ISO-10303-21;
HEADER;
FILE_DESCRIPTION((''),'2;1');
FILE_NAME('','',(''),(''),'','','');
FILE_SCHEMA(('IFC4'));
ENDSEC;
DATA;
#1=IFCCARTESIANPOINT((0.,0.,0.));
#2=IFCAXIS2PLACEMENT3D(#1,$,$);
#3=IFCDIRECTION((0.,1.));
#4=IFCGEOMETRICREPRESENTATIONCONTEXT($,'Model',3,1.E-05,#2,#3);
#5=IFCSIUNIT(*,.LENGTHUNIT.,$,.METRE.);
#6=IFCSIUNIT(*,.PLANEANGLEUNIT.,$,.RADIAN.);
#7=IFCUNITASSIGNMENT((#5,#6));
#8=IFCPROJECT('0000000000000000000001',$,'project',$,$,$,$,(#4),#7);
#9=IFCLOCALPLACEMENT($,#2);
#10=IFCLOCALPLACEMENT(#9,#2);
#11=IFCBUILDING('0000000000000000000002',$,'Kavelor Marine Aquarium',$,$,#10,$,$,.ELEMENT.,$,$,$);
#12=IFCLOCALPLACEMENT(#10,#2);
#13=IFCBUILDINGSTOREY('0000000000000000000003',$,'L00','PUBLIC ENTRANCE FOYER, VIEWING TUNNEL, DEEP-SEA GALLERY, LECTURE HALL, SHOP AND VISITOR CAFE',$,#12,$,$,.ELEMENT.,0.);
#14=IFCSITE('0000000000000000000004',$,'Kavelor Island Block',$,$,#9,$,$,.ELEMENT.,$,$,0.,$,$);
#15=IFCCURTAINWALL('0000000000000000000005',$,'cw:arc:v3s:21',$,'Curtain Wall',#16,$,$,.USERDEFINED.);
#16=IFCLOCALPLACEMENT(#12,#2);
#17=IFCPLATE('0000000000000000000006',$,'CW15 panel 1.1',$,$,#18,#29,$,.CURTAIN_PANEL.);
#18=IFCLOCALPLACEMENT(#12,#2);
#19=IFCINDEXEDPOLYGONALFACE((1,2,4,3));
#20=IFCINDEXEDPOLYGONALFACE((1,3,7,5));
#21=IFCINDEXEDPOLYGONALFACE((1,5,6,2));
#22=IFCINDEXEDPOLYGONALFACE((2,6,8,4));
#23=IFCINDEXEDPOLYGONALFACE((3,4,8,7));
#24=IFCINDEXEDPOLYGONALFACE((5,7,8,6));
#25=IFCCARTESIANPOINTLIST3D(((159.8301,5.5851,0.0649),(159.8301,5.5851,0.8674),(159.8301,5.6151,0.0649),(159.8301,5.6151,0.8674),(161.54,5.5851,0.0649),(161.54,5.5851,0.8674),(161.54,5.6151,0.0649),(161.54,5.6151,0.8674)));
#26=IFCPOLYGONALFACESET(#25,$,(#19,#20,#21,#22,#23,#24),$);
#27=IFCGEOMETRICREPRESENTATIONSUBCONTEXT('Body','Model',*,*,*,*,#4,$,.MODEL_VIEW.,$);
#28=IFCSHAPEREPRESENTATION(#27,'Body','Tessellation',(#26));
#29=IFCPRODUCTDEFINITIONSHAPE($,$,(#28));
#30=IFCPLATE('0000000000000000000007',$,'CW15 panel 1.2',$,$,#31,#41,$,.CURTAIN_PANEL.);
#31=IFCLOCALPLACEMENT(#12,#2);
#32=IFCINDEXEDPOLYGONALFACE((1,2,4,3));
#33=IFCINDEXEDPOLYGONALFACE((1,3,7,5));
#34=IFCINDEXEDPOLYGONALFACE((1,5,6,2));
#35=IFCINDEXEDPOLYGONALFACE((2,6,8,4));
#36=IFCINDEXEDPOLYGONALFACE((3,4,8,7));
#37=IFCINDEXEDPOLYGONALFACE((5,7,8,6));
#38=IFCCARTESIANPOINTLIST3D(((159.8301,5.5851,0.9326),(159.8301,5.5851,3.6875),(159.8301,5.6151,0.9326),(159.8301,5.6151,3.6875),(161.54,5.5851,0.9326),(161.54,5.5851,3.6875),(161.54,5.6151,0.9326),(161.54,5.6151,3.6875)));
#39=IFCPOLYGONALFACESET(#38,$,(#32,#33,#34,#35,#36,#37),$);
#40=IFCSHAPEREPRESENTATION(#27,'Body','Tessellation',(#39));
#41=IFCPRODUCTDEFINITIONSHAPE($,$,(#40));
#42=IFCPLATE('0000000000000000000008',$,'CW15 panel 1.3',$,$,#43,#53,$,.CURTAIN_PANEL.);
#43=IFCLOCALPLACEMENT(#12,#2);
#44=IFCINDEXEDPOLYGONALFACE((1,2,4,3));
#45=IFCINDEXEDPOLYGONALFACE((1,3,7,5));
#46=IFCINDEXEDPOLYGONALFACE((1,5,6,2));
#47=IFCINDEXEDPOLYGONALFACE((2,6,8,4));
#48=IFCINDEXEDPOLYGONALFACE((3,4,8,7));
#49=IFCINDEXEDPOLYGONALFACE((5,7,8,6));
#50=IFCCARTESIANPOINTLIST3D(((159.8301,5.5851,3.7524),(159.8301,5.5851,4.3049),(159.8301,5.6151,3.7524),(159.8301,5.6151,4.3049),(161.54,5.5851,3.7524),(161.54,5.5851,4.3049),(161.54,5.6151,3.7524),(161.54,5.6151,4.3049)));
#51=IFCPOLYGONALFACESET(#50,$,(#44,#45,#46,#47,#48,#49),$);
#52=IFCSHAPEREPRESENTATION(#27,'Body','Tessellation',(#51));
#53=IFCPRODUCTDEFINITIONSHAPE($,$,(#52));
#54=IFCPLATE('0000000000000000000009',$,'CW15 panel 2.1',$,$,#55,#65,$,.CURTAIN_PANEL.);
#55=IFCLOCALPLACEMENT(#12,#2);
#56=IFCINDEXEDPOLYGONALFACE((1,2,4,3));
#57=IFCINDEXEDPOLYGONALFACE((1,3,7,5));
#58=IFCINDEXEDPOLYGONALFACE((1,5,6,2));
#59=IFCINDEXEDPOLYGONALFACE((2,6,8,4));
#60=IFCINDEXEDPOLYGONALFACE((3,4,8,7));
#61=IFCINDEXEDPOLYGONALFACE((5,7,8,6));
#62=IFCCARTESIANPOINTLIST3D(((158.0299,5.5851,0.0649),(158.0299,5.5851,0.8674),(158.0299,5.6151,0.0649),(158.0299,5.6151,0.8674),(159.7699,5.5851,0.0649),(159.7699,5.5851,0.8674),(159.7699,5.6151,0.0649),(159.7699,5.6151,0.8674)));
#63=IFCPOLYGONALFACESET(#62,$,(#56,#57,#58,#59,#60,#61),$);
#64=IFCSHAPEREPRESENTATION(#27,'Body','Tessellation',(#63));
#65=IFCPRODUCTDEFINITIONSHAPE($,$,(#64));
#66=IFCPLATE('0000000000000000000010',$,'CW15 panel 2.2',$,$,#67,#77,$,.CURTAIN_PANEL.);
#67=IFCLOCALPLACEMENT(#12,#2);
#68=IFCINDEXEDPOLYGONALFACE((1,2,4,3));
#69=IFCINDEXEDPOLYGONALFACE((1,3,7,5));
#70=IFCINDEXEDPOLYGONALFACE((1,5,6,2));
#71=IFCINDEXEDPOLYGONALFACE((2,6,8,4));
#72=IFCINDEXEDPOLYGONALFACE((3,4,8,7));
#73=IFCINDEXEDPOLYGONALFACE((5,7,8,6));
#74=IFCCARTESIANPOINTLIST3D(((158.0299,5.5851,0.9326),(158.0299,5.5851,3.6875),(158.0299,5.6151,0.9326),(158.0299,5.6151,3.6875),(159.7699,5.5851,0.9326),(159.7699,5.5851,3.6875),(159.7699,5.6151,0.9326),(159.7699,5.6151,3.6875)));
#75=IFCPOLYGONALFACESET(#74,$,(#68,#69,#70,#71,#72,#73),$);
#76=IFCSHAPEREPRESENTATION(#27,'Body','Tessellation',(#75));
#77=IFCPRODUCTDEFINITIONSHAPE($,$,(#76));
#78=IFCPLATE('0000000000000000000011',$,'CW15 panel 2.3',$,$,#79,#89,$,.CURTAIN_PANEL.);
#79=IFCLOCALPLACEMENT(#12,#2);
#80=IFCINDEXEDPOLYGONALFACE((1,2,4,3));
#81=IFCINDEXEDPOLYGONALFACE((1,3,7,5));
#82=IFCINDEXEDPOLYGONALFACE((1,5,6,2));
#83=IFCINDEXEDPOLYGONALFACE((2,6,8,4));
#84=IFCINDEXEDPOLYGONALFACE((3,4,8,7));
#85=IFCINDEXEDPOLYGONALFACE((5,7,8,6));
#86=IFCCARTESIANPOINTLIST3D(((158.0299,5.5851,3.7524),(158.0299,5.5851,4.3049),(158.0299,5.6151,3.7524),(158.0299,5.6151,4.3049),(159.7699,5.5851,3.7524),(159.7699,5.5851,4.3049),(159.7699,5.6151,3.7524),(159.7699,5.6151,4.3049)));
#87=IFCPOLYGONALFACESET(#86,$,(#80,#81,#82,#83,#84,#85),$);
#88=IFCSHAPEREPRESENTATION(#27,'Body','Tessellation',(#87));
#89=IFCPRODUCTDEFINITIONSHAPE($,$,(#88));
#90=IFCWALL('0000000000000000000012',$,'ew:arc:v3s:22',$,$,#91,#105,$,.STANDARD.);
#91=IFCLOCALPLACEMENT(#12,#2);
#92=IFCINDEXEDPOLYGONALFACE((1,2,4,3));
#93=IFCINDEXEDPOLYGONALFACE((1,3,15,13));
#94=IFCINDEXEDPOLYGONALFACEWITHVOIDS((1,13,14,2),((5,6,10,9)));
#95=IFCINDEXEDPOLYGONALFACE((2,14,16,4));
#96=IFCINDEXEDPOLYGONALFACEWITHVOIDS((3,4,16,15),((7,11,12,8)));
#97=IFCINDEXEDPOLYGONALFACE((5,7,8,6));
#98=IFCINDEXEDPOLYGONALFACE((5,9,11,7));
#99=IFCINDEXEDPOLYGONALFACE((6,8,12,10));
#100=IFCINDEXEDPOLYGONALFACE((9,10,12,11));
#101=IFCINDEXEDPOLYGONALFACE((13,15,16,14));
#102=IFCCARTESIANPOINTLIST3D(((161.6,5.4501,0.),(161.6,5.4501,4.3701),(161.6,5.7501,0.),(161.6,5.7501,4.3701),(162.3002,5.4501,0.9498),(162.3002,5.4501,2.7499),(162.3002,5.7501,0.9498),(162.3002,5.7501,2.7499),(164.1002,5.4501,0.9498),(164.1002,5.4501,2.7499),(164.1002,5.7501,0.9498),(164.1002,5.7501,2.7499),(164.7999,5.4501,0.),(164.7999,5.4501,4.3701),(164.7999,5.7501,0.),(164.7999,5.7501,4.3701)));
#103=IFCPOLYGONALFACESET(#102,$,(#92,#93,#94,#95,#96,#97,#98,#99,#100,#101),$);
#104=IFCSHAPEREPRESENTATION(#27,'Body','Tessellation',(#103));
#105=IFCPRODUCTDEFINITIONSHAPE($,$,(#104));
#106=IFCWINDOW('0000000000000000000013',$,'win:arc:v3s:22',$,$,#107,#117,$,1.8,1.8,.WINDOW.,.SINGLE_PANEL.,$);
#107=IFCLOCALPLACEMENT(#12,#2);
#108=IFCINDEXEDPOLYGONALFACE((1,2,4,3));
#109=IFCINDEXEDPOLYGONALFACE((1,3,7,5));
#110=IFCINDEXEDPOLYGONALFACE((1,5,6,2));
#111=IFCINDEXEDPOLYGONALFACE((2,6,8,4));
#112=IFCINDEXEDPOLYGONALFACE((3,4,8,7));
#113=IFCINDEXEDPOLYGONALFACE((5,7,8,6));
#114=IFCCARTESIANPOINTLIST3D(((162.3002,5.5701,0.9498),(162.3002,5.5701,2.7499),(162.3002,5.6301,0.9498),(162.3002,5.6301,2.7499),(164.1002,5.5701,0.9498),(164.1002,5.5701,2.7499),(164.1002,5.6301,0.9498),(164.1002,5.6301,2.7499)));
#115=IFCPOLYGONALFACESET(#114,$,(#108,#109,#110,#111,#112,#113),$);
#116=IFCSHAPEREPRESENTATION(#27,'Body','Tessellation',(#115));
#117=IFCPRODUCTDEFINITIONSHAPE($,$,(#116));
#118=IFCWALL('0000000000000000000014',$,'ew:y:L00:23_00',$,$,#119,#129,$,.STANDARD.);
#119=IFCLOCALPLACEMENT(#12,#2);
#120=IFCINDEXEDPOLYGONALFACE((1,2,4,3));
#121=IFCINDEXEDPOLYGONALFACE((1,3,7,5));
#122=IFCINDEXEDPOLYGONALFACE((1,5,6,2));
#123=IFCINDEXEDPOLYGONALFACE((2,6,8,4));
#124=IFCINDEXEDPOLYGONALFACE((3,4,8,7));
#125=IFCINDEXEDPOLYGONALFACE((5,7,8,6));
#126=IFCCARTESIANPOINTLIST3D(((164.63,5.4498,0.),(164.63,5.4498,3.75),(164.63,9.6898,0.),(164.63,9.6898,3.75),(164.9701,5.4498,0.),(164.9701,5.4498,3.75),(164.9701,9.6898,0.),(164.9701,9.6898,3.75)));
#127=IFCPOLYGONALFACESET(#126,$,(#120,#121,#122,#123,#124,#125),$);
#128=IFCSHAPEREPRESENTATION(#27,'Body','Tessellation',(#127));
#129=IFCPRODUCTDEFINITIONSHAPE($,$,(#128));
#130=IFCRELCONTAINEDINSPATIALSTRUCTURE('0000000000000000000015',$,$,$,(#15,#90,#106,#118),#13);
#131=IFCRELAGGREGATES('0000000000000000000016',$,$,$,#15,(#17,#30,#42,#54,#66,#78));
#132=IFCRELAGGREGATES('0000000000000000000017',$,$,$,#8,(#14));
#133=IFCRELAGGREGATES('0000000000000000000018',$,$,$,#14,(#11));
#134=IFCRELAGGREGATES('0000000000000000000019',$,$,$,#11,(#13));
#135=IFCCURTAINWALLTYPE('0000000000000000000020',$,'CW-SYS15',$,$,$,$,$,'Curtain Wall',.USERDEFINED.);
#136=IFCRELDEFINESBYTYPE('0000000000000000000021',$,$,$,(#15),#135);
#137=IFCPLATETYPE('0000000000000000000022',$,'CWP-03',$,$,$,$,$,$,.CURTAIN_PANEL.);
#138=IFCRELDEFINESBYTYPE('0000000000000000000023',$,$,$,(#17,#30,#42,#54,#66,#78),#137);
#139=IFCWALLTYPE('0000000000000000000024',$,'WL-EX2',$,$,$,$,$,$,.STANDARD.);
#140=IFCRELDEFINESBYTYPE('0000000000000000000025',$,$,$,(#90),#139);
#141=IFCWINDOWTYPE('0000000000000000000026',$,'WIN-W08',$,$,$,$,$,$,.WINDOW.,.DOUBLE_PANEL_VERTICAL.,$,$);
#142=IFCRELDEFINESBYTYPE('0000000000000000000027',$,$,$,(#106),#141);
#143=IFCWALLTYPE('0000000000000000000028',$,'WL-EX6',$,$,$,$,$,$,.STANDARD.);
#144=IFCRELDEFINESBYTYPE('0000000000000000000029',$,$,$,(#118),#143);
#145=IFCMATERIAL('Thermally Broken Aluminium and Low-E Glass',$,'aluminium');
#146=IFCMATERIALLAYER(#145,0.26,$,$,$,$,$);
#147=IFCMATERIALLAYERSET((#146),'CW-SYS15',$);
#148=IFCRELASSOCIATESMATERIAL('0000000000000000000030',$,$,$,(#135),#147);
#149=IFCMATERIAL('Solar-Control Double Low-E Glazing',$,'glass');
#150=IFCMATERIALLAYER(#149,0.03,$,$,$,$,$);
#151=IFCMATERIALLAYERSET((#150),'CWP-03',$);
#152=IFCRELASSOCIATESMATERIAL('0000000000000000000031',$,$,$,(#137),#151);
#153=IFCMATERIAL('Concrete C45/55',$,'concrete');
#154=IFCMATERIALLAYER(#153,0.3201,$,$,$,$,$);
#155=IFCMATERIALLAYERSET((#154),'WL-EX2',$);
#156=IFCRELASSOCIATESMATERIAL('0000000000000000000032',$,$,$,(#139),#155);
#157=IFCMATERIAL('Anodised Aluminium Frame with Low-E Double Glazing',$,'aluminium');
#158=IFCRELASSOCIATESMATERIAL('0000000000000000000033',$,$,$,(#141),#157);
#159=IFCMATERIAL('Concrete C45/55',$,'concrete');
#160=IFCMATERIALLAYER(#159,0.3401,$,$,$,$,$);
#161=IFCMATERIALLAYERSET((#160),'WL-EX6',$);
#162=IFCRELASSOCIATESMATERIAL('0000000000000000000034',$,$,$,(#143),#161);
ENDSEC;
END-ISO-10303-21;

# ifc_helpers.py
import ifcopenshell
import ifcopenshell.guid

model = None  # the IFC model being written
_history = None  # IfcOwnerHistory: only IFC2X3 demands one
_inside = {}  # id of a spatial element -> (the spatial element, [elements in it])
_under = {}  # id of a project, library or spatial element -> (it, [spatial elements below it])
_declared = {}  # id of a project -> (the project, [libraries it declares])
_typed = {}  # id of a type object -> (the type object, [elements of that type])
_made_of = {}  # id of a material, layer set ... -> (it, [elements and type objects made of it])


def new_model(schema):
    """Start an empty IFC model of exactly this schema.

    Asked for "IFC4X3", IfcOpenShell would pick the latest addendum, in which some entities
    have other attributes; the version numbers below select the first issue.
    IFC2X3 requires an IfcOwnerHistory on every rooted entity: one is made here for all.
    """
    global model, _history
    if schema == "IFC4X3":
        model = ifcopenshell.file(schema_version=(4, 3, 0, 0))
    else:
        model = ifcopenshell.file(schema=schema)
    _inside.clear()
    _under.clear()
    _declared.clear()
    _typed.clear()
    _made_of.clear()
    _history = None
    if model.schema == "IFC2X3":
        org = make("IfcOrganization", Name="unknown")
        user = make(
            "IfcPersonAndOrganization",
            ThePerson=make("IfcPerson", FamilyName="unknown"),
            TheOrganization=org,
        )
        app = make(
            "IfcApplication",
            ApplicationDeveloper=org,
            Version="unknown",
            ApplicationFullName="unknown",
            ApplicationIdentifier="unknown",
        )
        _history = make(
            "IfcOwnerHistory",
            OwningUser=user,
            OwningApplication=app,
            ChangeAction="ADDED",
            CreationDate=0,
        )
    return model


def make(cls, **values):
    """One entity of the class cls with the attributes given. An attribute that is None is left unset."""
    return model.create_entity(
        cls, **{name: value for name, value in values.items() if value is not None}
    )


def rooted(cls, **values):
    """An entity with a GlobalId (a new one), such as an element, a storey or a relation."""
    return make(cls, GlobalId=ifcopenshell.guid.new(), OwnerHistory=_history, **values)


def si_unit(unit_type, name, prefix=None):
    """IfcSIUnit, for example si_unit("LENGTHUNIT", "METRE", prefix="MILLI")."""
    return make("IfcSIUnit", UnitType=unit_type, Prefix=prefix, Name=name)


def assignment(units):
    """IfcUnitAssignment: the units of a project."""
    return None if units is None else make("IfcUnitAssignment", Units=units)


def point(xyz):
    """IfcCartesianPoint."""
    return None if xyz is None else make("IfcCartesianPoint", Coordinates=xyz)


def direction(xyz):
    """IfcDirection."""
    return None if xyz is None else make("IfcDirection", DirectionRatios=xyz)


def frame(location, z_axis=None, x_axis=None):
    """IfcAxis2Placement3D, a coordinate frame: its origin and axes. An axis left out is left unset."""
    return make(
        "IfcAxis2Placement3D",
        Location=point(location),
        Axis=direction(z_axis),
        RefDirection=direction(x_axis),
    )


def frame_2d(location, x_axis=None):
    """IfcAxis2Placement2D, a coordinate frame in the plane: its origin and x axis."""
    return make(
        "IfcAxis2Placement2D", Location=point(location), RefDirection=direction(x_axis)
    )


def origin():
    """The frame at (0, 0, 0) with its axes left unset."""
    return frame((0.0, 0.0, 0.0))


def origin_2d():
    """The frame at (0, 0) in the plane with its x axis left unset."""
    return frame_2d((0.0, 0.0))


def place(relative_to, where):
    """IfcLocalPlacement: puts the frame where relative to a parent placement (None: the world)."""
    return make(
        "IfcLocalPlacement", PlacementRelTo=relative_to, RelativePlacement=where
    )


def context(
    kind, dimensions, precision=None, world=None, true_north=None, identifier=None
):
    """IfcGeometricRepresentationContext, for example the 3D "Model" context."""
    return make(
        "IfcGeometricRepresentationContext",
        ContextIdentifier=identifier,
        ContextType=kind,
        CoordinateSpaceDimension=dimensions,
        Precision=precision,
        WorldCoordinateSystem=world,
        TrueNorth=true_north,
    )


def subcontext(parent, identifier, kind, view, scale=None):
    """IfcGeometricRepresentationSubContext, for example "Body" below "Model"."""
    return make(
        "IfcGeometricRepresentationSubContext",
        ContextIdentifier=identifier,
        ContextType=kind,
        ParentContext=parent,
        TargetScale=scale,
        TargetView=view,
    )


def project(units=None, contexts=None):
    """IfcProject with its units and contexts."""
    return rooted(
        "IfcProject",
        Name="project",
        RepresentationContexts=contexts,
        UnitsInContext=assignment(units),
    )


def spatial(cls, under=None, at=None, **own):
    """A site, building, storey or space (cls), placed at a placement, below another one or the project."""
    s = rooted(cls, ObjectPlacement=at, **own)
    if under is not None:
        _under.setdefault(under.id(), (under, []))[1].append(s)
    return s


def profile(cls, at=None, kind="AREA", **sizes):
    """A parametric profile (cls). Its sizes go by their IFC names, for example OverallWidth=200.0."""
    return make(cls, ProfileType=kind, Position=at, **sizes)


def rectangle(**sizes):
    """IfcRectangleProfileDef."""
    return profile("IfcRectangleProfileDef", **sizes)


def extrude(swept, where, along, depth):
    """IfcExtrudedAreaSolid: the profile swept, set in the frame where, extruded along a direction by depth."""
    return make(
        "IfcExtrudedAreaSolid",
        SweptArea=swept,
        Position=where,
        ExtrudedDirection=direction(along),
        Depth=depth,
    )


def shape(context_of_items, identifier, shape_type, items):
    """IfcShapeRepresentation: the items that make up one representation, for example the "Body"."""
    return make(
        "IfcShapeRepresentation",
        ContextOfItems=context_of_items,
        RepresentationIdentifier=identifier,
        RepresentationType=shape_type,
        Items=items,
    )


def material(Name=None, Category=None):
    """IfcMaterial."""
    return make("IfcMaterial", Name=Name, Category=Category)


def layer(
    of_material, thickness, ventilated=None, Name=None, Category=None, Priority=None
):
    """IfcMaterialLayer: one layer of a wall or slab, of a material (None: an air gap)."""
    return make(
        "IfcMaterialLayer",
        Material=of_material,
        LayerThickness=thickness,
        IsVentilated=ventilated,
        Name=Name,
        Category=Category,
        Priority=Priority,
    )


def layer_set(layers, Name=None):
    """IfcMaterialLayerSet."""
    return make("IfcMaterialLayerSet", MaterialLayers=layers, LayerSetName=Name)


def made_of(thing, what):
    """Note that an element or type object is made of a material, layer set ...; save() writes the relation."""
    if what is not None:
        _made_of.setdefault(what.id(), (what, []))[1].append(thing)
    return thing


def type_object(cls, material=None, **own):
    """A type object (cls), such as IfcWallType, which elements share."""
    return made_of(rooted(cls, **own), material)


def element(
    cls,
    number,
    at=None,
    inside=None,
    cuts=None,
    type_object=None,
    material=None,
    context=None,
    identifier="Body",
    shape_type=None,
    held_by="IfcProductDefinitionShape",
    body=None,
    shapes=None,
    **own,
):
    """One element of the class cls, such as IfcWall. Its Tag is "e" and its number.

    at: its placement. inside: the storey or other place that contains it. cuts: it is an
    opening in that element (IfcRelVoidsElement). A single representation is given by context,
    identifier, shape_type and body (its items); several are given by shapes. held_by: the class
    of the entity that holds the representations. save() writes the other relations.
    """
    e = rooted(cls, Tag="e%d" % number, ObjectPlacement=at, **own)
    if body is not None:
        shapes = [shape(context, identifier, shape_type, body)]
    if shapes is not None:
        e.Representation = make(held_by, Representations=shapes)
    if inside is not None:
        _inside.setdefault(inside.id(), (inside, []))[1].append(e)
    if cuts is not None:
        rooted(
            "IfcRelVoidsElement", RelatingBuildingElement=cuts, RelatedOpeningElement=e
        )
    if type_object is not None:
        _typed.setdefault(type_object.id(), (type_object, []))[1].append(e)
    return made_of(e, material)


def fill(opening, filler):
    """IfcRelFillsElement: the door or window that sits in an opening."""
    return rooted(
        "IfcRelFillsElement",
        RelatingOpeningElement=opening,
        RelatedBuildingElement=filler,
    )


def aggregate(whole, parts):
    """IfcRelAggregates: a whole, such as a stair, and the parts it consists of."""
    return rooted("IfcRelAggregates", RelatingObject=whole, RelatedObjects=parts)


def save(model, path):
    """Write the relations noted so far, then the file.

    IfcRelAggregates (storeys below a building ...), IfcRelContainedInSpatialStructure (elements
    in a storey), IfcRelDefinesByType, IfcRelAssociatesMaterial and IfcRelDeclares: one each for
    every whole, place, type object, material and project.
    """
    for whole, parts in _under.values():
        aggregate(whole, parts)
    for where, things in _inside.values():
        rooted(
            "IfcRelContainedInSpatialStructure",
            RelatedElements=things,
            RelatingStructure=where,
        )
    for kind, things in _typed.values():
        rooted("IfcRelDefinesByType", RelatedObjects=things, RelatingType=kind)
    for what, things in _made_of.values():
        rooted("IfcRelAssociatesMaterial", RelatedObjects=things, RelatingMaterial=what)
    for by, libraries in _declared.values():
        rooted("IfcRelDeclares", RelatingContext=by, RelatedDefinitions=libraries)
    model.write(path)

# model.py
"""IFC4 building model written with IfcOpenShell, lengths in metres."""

from ifc_helpers import new_model, si_unit, direction, frame, frame_2d, origin, origin_2d, place, context, subcontext, project, spatial, rectangle, extrude, material, layer, layer_set, type_object, element, fill, aggregate, save


model = new_model("IFC4")

# Units and contexts
model_context = context("Model", 3, precision=1e-05, world=origin(), true_north=direction((0.0, 1.0)))
body_context = subcontext(model_context, "Body", "Model", "MODEL_VIEW")
ifc_project = project(units=[si_unit("LENGTHUNIT", "METRE"), si_unit("PLANEANGLEUNIT", "RADIAN")], contexts=[model_context])

# Site, building, storey
site_placement = place(None, origin())
site = spatial("IfcSite", under=ifc_project, at=site_placement, Name="Kavelor Island Block", CompositionType="ELEMENT", RefElevation=0.0)
building_placement = place(site_placement, origin())
building = spatial("IfcBuilding", under=site, at=building_placement, Name="Kavelor Marine Aquarium", CompositionType="ELEMENT")
storey_placement = place(building_placement, origin())
storey = spatial("IfcBuildingStorey", under=building, at=storey_placement, Name="L00", Description="PUBLIC ENTRANCE FOYER, VIEWING TUNNEL, DEEP-SEA GALLERY, LECTURE HALL, SHOP AND VISITOR CAFE", CompositionType="ELEMENT", Elevation=0.0)

# Curtain wall, plates
ifc_material_1 = material(Name="Thermally Broken Aluminium and Low-E Glass", Category="aluminium")
ifc_layer_1 = layer(ifc_material_1, 0.26)
ifc_layer_set_1 = layer_set([ifc_layer_1], Name="CW-SYS15")
curtain_wall_type = type_object("IfcCurtainWallType", Name="CW-SYS15", ElementType="Curtain Wall", PredefinedType="USERDEFINED", material=ifc_layer_set_1)
curtain_wall_placement = place(storey_placement, origin())
curtain_wall = element("IfcCurtainWall", 1, at=curtain_wall_placement, inside=storey, type_object=curtain_wall_type, Name="cw:arc:v3s:21", ObjectType="Curtain Wall", PredefinedType="USERDEFINED")
ifc_material_2 = material(Name="Solar-Control Double Low-E Glazing", Category="glass")
ifc_layer_2 = layer(ifc_material_2, 0.03)
ifc_layer_set_2 = layer_set([ifc_layer_2], Name="CWP-03")
plate_type = type_object("IfcPlateType", Name="CWP-03", PredefinedType="CURTAIN_PANEL", material=ifc_layer_set_2)
plate_1_placement = place(storey_placement, frame((160.6851, 5.6001, 0.0649), z_axis=(0.0, 0.0, 1.0), x_axis=(-1.0, 0.0, 0.0)))
plate_1 = element("IfcPlate", 2, at=plate_1_placement, type_object=plate_type, Name="CW15 panel 1.1", PredefinedType="CURTAIN_PANEL", context=body_context, shape_type="SweptSolid", body=[
    extrude(rectangle(XDim=1.71, YDim=0.03, at=origin_2d()), origin(), (0.0, 0.0, 1.0), 0.8025),
])
plate_2_placement = place(storey_placement, frame((160.6851, 5.6001, 0.9326), z_axis=(0.0, 0.0, 1.0), x_axis=(-1.0, 0.0, 0.0)))
plate_2 = element("IfcPlate", 3, at=plate_2_placement, type_object=plate_type, Name="CW15 panel 1.2", PredefinedType="CURTAIN_PANEL", context=body_context, shape_type="SweptSolid", body=[
    extrude(rectangle(XDim=1.71, YDim=0.03, at=origin_2d()), origin(), (0.0, 0.0, 1.0), 2.7549),
])
plate_3_placement = place(storey_placement, frame((160.6851, 5.6001, 3.7524), z_axis=(0.0, 0.0, 1.0), x_axis=(-1.0, 0.0, 0.0)))
plate_3 = element("IfcPlate", 4, at=plate_3_placement, type_object=plate_type, Name="CW15 panel 1.3", PredefinedType="CURTAIN_PANEL", context=body_context, shape_type="SweptSolid", body=[
    extrude(rectangle(XDim=1.71, YDim=0.03, at=origin_2d()), origin(), (0.0, 0.0, 1.0), 0.5525),
])
plate_4_placement = place(storey_placement, frame((158.8999, 5.6001, 0.0649), z_axis=(0.0, 0.0, 1.0), x_axis=(-1.0, 0.0, 0.0)))
plate_4 = element("IfcPlate", 5, at=plate_4_placement, type_object=plate_type, Name="CW15 panel 2.1", PredefinedType="CURTAIN_PANEL", context=body_context, shape_type="SweptSolid", body=[
    extrude(rectangle(XDim=1.74, YDim=0.03, at=origin_2d()), origin(), (0.0, 0.0, 1.0), 0.8025),
])
plate_5_placement = place(storey_placement, frame((158.8999, 5.6001, 0.9326), z_axis=(0.0, 0.0, 1.0), x_axis=(-1.0, 0.0, 0.0)))
plate_5 = element("IfcPlate", 6, at=plate_5_placement, type_object=plate_type, Name="CW15 panel 2.2", PredefinedType="CURTAIN_PANEL", context=body_context, shape_type="SweptSolid", body=[
    extrude(rectangle(XDim=1.74, YDim=0.03, at=origin_2d()), origin(), (0.0, 0.0, 1.0), 2.7549),
])
plate_6_placement = place(storey_placement, frame((158.8999, 5.6001, 3.7524), z_axis=(0.0, 0.0, 1.0), x_axis=(-1.0, 0.0, 0.0)))
plate_6 = element("IfcPlate", 7, at=plate_6_placement, type_object=plate_type, Name="CW15 panel 2.3", PredefinedType="CURTAIN_PANEL", context=body_context, shape_type="SweptSolid", body=[
    extrude(rectangle(XDim=1.74, YDim=0.03, at=origin_2d()), origin(), (0.0, 0.0, 1.0), 0.5525),
])
aggregate(curtain_wall, [plate_1, plate_2, plate_3, plate_4, plate_5, plate_6])

# Wall, opening, window
ifc_material_3 = material(Name="Concrete C45/55", Category="concrete")
ifc_layer_3 = layer(ifc_material_3, 0.3201)
ifc_layer_set_3 = layer_set([ifc_layer_3], Name="WL-EX2")
wall_type_1 = type_object("IfcWallType", Name="WL-EX2", PredefinedType="STANDARD", material=ifc_layer_set_3)
wall_1_placement = place(storey_placement, frame((164.8, 5.6001, 0.0), z_axis=(0.0, 0.0, 1.0), x_axis=(-1.0, 0.0, 0.0)))
wall_1 = element("IfcWall", 8, at=wall_1_placement, inside=storey, type_object=wall_type_1, Name="ew:arc:v3s:22", PredefinedType="STANDARD", context=body_context, shape_type="SweptSolid", body=[
    extrude(rectangle(XDim=3.2, YDim=0.3, at=frame_2d((1.6001, 0.0))), origin(), (0.0, 0.0, 1.0), 4.3701),
])
opening_placement = place(wall_1_placement, frame((0.7, 0.0, 0.95)))
opening = element("IfcOpeningElement", 9, at=opening_placement, cuts=wall_1, PredefinedType="OPENING", context=body_context, shape_type="SweptSolid", body=[
    extrude(rectangle(XDim=1.8, YDim=1.8, at=frame_2d((0.8999, 0.8999))), frame((0.0, 0.1599, 0.0), z_axis=(0.0, -1.0, 0.0), x_axis=(1.0, 0.0, 0.0)), (0.0, 0.0, 1.0), 0.32),
])
ifc_material_4 = material(Name="Anodised Aluminium Frame with Low-E Double Glazing", Category="aluminium")
window_type = type_object("IfcWindowType", Name="WIN-W08", PartitioningType="DOUBLE_PANEL_VERTICAL", PredefinedType="WINDOW", material=ifc_material_4)
window_placement = place(opening_placement, origin())
window = element("IfcWindow", 10, at=window_placement, inside=storey, type_object=window_type, Name="win:arc:v3s:22", OverallHeight=1.8, OverallWidth=1.8, PartitioningType="SINGLE_PANEL", PredefinedType="WINDOW", context=body_context, shape_type="SweptSolid", body=[
    extrude(rectangle(XDim=1.8, YDim=1.8, at=frame_2d((0.8999, 0.8999))), frame((0.0, 0.03, 0.0), z_axis=(0.0, -1.0, 0.0), x_axis=(1.0, 0.0, 0.0)), (0.0, 0.0, 1.0), 0.0601),
])
fill(opening, window)

# Wall
ifc_material_5 = material(Name="Concrete C45/55", Category="concrete")
ifc_layer_4 = layer(ifc_material_5, 0.3401)
ifc_layer_set_4 = layer_set([ifc_layer_4], Name="WL-EX6")
wall_type_2 = type_object("IfcWallType", Name="WL-EX6", PredefinedType="STANDARD", material=ifc_layer_set_4)
wall_2_placement = place(storey_placement, frame((164.8, 9.6899, 0.0), z_axis=(0.0, 0.0, 1.0), x_axis=(0.0, -1.0, 0.0)))
element("IfcWall", 11, at=wall_2_placement, inside=storey, type_object=wall_type_2, Name="ew:y:L00:23_00", PredefinedType="STANDARD", context=body_context, shape_type="SweptSolid", body=[
    extrude(rectangle(XDim=4.24, YDim=0.3401, at=frame_2d((2.1201, 0.0))), origin(), (0.0, 0.0, 1.0), 3.75),
])

save(model, "model.ifc")
